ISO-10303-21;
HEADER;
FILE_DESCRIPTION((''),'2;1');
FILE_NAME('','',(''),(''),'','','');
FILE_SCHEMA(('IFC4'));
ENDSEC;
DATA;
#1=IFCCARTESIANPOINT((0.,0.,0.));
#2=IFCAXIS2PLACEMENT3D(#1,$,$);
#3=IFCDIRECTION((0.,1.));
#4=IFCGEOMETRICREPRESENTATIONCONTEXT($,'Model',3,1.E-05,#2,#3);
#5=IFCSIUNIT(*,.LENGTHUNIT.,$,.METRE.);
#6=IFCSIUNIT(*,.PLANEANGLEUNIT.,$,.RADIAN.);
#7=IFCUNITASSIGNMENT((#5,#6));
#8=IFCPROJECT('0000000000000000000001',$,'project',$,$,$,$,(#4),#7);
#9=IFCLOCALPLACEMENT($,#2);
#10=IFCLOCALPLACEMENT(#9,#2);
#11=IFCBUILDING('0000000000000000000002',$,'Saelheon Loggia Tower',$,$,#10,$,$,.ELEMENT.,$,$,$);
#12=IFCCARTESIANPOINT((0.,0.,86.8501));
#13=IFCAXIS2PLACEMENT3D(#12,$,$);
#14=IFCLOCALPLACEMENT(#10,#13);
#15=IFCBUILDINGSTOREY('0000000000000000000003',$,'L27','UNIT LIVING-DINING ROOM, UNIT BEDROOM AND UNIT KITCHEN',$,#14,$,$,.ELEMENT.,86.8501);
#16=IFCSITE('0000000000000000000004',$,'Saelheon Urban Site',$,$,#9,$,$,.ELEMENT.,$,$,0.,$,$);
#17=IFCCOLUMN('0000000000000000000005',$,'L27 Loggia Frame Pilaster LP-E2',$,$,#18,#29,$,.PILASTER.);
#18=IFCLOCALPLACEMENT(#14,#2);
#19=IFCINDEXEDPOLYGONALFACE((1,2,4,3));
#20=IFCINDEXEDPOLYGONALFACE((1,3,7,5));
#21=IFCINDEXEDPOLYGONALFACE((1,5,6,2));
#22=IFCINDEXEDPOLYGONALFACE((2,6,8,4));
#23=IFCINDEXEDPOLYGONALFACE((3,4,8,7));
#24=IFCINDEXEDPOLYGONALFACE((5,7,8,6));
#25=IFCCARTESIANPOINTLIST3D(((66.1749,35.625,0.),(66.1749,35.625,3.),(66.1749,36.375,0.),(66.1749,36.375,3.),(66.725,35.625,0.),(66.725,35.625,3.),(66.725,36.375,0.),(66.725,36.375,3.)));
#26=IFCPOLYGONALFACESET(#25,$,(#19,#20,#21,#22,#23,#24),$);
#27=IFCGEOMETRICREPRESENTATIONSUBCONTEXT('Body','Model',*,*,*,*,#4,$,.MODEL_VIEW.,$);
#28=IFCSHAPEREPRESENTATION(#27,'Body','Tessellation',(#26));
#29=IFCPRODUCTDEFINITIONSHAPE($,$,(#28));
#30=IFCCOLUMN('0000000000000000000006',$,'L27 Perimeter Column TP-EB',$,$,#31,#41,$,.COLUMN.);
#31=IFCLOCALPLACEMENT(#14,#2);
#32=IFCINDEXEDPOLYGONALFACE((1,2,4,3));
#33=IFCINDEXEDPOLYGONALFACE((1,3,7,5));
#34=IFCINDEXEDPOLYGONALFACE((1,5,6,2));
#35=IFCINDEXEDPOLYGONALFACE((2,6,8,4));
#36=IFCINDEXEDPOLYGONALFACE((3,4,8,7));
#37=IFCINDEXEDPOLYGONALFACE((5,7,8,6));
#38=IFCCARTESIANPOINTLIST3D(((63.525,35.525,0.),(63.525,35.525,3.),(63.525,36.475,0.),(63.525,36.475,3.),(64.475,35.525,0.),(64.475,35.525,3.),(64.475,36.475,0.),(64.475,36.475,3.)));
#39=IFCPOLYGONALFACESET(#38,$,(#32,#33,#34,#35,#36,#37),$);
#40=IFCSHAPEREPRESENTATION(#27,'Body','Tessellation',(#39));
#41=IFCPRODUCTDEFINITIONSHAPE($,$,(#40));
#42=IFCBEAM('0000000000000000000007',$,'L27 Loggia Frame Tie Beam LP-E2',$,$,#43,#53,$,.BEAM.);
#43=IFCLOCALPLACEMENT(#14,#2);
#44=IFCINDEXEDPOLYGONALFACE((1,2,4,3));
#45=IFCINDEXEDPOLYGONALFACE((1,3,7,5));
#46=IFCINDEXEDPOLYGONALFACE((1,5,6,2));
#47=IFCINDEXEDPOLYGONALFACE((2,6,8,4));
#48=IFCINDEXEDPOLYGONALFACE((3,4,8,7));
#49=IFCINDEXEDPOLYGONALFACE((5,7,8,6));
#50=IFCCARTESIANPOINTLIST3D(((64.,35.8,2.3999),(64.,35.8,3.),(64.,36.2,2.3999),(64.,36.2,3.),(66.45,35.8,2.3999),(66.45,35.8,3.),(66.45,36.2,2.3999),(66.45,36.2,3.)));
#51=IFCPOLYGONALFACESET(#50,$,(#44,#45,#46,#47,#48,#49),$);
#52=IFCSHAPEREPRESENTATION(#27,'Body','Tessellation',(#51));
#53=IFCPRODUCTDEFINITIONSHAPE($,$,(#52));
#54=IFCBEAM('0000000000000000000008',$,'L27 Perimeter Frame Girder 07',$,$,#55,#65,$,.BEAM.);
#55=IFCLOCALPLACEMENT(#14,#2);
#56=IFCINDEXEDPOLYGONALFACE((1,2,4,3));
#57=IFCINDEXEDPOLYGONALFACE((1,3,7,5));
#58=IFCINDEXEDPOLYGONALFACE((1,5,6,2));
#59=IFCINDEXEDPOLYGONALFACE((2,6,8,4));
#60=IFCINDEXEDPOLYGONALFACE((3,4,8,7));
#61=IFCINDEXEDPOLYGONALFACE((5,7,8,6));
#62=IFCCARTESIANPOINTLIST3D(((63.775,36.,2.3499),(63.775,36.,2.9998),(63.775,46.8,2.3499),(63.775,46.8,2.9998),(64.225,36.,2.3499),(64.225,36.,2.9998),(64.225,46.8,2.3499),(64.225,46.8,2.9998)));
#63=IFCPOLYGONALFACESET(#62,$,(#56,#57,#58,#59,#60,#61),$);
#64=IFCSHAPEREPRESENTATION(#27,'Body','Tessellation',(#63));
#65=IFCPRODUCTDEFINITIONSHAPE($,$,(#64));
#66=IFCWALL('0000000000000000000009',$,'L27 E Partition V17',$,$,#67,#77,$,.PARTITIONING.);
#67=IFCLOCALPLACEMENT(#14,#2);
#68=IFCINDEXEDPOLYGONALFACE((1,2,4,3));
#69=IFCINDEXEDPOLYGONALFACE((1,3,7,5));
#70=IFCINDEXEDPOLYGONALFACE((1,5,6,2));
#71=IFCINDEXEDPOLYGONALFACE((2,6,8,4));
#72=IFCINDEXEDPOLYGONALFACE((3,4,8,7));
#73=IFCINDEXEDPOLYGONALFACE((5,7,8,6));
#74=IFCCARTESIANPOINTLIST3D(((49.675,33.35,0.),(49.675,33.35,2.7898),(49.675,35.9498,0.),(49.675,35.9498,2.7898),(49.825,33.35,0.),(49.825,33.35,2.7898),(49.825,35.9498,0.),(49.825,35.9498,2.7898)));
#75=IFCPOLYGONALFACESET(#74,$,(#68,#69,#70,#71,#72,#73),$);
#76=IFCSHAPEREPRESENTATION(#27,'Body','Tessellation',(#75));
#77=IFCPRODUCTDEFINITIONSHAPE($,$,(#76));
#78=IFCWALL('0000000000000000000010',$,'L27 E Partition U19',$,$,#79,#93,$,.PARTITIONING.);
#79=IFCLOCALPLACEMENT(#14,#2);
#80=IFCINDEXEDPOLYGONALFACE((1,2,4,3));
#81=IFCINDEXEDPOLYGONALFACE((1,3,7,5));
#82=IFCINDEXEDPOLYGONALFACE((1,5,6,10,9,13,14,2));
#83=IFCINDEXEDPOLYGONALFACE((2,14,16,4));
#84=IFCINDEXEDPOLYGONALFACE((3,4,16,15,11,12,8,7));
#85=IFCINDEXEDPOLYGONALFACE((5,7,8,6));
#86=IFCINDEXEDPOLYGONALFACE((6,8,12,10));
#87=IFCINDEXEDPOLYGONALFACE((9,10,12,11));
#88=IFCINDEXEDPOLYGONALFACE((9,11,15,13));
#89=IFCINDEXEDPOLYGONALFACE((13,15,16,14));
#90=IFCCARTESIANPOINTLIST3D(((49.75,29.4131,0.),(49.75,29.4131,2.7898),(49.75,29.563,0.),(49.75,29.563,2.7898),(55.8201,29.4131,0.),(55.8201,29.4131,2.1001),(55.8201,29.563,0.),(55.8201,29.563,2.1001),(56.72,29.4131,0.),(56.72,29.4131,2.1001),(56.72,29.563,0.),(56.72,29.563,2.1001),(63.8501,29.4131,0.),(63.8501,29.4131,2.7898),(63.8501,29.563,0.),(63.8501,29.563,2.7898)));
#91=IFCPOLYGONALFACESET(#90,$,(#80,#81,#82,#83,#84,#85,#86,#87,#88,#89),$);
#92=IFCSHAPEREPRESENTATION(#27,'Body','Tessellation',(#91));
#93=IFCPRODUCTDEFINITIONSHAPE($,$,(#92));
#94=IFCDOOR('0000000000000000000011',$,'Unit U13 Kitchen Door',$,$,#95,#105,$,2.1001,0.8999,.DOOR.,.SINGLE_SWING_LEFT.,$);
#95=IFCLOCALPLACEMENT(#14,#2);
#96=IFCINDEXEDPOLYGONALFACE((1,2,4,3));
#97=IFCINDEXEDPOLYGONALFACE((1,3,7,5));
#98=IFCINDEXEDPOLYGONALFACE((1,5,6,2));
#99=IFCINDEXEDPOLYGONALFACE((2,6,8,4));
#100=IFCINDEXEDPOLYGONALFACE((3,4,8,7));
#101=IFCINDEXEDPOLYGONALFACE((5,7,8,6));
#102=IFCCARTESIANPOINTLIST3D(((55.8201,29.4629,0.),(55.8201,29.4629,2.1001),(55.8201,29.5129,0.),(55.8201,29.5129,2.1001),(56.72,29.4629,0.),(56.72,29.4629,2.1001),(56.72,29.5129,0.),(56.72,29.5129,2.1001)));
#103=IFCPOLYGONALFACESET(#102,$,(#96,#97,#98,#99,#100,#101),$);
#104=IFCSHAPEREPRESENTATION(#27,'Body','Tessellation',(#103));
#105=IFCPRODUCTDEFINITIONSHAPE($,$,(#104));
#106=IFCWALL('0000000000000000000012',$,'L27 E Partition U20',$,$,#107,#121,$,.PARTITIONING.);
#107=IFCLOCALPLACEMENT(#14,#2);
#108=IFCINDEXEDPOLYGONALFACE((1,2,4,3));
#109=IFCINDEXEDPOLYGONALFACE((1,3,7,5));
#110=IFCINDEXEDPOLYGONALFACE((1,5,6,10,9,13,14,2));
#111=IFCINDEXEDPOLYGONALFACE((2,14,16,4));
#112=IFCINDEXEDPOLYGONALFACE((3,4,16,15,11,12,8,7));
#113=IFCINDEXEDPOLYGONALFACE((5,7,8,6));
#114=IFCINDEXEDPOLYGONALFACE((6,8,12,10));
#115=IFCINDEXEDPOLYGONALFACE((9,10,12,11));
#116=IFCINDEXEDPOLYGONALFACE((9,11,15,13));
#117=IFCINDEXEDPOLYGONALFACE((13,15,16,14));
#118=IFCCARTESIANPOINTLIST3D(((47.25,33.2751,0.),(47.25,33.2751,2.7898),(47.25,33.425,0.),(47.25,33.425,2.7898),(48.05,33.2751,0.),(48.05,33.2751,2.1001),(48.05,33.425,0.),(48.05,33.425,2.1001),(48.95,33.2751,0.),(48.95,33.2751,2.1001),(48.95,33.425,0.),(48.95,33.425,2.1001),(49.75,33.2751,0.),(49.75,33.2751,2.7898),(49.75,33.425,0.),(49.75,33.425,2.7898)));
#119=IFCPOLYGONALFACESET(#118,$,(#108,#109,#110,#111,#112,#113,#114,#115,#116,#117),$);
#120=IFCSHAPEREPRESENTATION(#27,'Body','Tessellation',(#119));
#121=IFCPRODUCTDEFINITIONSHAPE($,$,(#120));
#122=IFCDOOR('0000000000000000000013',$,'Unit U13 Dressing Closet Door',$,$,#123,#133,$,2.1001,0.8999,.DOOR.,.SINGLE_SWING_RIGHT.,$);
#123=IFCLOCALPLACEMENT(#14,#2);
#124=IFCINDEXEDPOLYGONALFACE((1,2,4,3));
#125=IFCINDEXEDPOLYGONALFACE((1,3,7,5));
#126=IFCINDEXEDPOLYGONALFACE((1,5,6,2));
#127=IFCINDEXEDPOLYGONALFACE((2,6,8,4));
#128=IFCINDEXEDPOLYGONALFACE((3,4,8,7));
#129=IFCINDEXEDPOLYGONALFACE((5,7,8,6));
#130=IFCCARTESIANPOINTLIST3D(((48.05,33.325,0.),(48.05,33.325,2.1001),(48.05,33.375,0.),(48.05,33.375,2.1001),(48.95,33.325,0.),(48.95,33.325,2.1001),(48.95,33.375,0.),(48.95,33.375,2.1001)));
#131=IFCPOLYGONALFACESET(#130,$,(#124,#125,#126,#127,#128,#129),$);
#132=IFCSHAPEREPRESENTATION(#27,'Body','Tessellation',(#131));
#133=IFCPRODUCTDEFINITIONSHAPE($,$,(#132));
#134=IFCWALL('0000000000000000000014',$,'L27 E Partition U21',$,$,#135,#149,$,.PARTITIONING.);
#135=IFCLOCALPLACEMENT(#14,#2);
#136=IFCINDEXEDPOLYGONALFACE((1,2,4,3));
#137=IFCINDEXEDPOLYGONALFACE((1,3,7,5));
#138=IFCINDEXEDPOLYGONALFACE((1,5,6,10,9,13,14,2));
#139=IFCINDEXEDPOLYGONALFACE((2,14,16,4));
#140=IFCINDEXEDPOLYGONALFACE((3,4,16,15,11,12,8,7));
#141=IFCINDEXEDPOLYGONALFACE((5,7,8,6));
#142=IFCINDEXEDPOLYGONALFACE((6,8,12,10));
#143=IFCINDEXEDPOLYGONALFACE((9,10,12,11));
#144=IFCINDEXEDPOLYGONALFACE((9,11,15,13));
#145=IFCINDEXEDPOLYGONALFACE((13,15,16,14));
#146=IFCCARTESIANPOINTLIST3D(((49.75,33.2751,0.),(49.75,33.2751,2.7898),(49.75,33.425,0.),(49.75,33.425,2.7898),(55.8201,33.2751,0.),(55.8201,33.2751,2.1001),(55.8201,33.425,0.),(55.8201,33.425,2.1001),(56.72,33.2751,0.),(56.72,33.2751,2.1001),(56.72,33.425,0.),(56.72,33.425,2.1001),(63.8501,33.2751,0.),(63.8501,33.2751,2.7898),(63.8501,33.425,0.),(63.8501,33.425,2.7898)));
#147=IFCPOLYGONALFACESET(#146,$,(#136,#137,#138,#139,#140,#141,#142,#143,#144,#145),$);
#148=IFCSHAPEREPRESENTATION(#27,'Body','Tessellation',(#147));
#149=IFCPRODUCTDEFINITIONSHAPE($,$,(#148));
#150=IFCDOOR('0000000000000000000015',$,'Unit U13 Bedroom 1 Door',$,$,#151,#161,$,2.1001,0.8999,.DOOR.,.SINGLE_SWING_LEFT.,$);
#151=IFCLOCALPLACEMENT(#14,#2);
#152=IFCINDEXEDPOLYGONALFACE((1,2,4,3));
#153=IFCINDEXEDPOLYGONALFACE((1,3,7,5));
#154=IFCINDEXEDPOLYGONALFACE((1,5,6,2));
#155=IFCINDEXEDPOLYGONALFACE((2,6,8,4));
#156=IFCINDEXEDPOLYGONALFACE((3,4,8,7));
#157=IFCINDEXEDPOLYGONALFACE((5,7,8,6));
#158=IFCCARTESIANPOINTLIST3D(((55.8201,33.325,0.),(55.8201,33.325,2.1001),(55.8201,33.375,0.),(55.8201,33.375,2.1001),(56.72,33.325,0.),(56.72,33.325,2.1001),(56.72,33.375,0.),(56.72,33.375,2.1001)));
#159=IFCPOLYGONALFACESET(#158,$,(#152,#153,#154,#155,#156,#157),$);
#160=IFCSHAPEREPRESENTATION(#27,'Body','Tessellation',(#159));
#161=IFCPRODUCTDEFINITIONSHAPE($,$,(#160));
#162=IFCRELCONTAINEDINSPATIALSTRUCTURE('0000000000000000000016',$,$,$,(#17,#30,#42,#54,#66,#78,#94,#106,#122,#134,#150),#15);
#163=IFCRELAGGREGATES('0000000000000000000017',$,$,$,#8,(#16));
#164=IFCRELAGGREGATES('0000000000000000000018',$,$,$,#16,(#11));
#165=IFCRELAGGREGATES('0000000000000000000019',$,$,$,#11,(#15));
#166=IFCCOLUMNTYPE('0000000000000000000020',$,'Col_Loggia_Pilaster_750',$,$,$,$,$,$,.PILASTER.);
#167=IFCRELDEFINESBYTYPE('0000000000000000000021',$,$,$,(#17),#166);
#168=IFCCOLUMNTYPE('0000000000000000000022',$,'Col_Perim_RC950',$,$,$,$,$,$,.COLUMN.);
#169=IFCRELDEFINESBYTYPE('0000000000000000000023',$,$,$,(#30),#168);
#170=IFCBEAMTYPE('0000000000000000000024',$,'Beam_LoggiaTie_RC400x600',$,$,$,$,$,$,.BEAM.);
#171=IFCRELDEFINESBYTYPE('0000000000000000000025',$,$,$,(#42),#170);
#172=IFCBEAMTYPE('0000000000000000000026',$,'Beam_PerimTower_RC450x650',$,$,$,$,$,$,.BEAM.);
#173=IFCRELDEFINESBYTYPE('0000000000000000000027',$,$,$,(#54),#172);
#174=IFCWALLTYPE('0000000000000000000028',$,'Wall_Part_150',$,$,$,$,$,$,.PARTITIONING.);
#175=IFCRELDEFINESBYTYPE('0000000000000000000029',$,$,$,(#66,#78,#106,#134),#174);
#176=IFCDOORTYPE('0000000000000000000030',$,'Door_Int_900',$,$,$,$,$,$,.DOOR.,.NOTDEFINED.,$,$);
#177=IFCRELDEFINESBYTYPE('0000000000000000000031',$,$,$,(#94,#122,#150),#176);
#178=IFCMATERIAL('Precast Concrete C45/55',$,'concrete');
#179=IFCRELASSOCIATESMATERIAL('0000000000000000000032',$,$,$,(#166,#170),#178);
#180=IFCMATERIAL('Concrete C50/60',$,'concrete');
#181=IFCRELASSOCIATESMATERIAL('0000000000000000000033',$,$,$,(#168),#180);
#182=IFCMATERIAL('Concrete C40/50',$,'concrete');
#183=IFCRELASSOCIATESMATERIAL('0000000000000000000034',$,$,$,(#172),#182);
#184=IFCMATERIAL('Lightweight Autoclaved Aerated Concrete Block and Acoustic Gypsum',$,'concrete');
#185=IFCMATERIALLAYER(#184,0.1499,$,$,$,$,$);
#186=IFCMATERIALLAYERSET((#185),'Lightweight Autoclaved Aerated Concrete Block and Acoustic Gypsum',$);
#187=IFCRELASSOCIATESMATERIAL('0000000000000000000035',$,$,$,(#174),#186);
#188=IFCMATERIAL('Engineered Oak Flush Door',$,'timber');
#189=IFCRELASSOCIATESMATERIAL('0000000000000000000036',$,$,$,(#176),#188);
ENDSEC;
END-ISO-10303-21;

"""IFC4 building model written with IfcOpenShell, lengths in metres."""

from ifc_helpers import new_model, si_unit, direction, frame, frame_2d, origin, origin_2d, place, context, subcontext, project, spatial, rectangle, extrude, source, transform, mapped, material, layer, layer_set, material_profile, profile_set, type_object, element, fill, save


model = new_model("IFC4")

# Units and contexts
model_context = context("Model", 3, precision=1e-05, world=origin(), true_north=direction((0.0, 1.0)))
body_context = subcontext(model_context, "Body", "Model", "MODEL_VIEW")
ifc_project = project(units=[si_unit("LENGTHUNIT", "METRE"), si_unit("PLANEANGLEUNIT", "RADIAN")], contexts=[model_context])

# Site, building, storey
site_placement = place(None, origin())
site = spatial("IfcSite", under=ifc_project, at=site_placement, Name="Saelheon Urban Site", CompositionType="ELEMENT", RefElevation=0.0)
building_placement = place(site_placement, origin())
building = spatial("IfcBuilding", under=site, at=building_placement, Name="Saelheon Loggia Tower", CompositionType="ELEMENT")
storey_placement = place(building_placement, frame((0.0, 0.0, 86.8501)))
storey = spatial("IfcBuildingStorey", under=building, at=storey_placement, Name="L27", Description="UNIT LIVING-DINING ROOM, UNIT BEDROOM AND UNIT KITCHEN", CompositionType="ELEMENT", Elevation=86.8501)

# Columns
ifc_material_1 = material(Name="Precast Concrete C45/55", Category="concrete")
ifc_material_profile_1 = material_profile(ifc_material_1, rectangle(XDim=0.55, YDim=0.75, at=origin_2d()), Name="RC-550x750")
ifc_profile_set_1 = profile_set([ifc_material_profile_1], Name="Precast Concrete C45/55")
column_type_1 = type_object("IfcColumnType", Name="Col_Loggia_Pilaster_750", PredefinedType="PILASTER", material=ifc_profile_set_1)
shared_shape_1 = source(origin(), body_context, "Body", "SweptSolid", [
    extrude(rectangle(XDim=0.55, YDim=0.75, at=origin_2d()), origin(), (0.0, 0.0, 1.0), 3.0),
])
column_1_placement = place(storey_placement, frame((66.45, 36.0, 0.0), z_axis=(0.0, 0.0, 1.0), x_axis=(1.0, 0.0, 0.0)))
element("IfcColumn", 1, at=column_1_placement, inside=storey, type_object=column_type_1, Name="L27 Loggia Frame Pilaster LP-E2", PredefinedType="PILASTER", context=body_context, shape_type="MappedRepresentation", body=[
    mapped(shared_shape_1, transform((0.0, 0.0, 0.0), scale=1.0)),
])
ifc_material_2 = material(Name="Concrete C50/60", Category="concrete")
ifc_material_profile_2 = material_profile(ifc_material_2, rectangle(XDim=0.95, YDim=0.95, at=origin_2d()), Name="RC-950x950")
ifc_profile_set_2 = profile_set([ifc_material_profile_2], Name="Concrete C50/60")
column_type_2 = type_object("IfcColumnType", Name="Col_Perim_RC950", PredefinedType="COLUMN", material=ifc_profile_set_2)
shared_shape_2 = source(origin(), body_context, "Body", "SweptSolid", [
    extrude(rectangle(XDim=0.95, YDim=0.95, at=origin_2d()), origin(), (0.0, 0.0, 1.0), 3.0),
])
column_2_placement = place(storey_placement, frame((64.0, 36.0, 0.0), z_axis=(0.0, 0.0, 1.0), x_axis=(1.0, 0.0, 0.0)))
element("IfcColumn", 2, at=column_2_placement, inside=storey, type_object=column_type_2, Name="L27 Perimeter Column TP-EB", PredefinedType="COLUMN", context=body_context, shape_type="MappedRepresentation", body=[
    mapped(shared_shape_2, transform((0.0, 0.0, 0.0), scale=1.0)),
])

# Beams
ifc_material_profile_3 = material_profile(ifc_material_1, rectangle(XDim=0.3999, YDim=0.6001, at=origin_2d()), Name="RC-400x600")
ifc_profile_set_3 = profile_set([ifc_material_profile_3], Name="Precast Concrete C45/55")
beam_type_1 = type_object("IfcBeamType", Name="Beam_LoggiaTie_RC400x600", PredefinedType="BEAM", material=ifc_profile_set_3)
shared_shape_3 = source(origin(), body_context, "Body", "SweptSolid", [
    extrude(rectangle(XDim=0.3999, YDim=0.6001, at=origin_2d()), origin(), (0.0, 0.0, 1.0), 2.45),
])
beam_1_placement = place(storey_placement, frame((64.0, 36.0, 2.7), z_axis=(1.0, 0.0, 0.0), x_axis=(0.0, 1.0, 0.0)))
element("IfcBeam", 3, at=beam_1_placement, inside=storey, type_object=beam_type_1, Name="L27 Loggia Frame Tie Beam LP-E2", PredefinedType="BEAM", context=body_context, shape_type="MappedRepresentation", body=[
    mapped(shared_shape_3, transform((0.0, 0.0, 0.0), scale=1.0)),
])
ifc_material_3 = material(Name="Concrete C40/50", Category="concrete")
ifc_material_profile_4 = material_profile(ifc_material_3, rectangle(XDim=0.45, YDim=0.6499, at=origin_2d()), Name="RC-450x650")
ifc_profile_set_4 = profile_set([ifc_material_profile_4], Name="Concrete C40/50")
beam_type_2 = type_object("IfcBeamType", Name="Beam_PerimTower_RC450x650", PredefinedType="BEAM", material=ifc_profile_set_4)
shared_shape_4 = source(origin(), body_context, "Body", "SweptSolid", [
    extrude(rectangle(XDim=0.45, YDim=0.6499, at=origin_2d()), origin(), (0.0, 0.0, 1.0), 10.8),
])
beam_2_placement = place(storey_placement, frame((64.0, 36.0, 2.6748), z_axis=(0.0, 1.0, 0.0), x_axis=(-1.0, 0.0, 0.0)))
element("IfcBeam", 4, at=beam_2_placement, inside=storey, type_object=beam_type_2, Name="L27 Perimeter Frame Girder 07", PredefinedType="BEAM", context=body_context, shape_type="MappedRepresentation", body=[
    mapped(shared_shape_4, transform((0.0, 0.0, 0.0), scale=1.0)),
])

# Wall
ifc_material_4 = material(Name="Lightweight Autoclaved Aerated Concrete Block and Acoustic Gypsum", Category="concrete")
ifc_layer_1 = layer(ifc_material_4, 0.1499)
ifc_layer_set_1 = layer_set([ifc_layer_1], Name="Lightweight Autoclaved Aerated Concrete Block and Acoustic Gypsum")
wall_type_1 = type_object("IfcWallType", Name="Wall_Part_150", PredefinedType="PARTITIONING", material=ifc_layer_set_1)
wall_1_placement = place(storey_placement, frame((49.75, 33.3501, 0.0), z_axis=(0.0, 0.0, 1.0), x_axis=(0.0, 1.0, 0.0)))
element("IfcWall", 5, at=wall_1_placement, inside=storey, type_object=wall_type_1, Name="L27 E Partition V17", PredefinedType="PARTITIONING", context=body_context, shape_type="SweptSolid", body=[
    extrude(rectangle(XDim=2.5999, YDim=0.1499, at=frame_2d((1.2998, 0.0))), origin(), (0.0, 0.0, 1.0), 2.7898),
])

# Walls, openings, doors
wall_2_placement = place(storey_placement, frame((49.75, 29.488, 0.0), z_axis=(0.0, 0.0, 1.0), x_axis=(1.0, 0.0, 0.0)))
wall_2 = element("IfcWall", 6, at=wall_2_placement, inside=storey, type_object=wall_type_1, Name="L27 E Partition U19", PredefinedType="PARTITIONING", context=body_context, shape_type="SweptSolid", body=[
    extrude(rectangle(XDim=14.1001, YDim=0.1499, at=frame_2d((7.05, 0.0))), origin(), (0.0, 0.0, 1.0), 2.7898),
])
opening_1_placement = place(wall_2_placement, frame((6.0701, 0.0, 0.0)))
opening_1 = element("IfcOpeningElement", 7, at=opening_1_placement, cuts=wall_2, PredefinedType="OPENING", context=body_context, shape_type="SweptSolid", body=[
    extrude(rectangle(XDim=0.8999, YDim=2.1001, at=frame_2d((0.45, 1.05))), frame((0.0, 0.0869, 0.0), z_axis=(0.0, -1.0, 0.0), x_axis=(1.0, 0.0, 0.0)), (0.0, 0.0, 1.0), 0.1738),
])
ifc_material_5 = material(Name="Engineered Oak Flush Door", Category="timber")
door_type_1 = type_object("IfcDoorType", Name="Door_Int_900", OperationType="NOTDEFINED", PredefinedType="DOOR", material=ifc_material_5)
shared_shape_5 = source(origin(), body_context, "Body", "SweptSolid", [
    extrude(rectangle(XDim=0.8999, YDim=2.1001, at=frame_2d((0.45, 1.05))), frame((0.0, 0.0249, 0.0), z_axis=(0.0, -1.0, 0.0), x_axis=(1.0, 0.0, 0.0)), (0.0, 0.0, 1.0), 0.05),
])
door_1_placement = place(opening_1_placement, origin())
door_1 = element("IfcDoor", 8, at=door_1_placement, inside=storey, type_object=door_type_1, Name="Unit U13 Kitchen Door", OperationType="SINGLE_SWING_LEFT", OverallHeight=2.1001, OverallWidth=0.8999, PredefinedType="DOOR", context=body_context, shape_type="MappedRepresentation", body=[
    mapped(shared_shape_5, transform((0.0, 0.0, 0.0), scale=1.0)),
])
fill(opening_1, door_1)
wall_3_placement = place(storey_placement, frame((47.25, 33.3501, 0.0), z_axis=(0.0, 0.0, 1.0), x_axis=(1.0, 0.0, 0.0)))
wall_3 = element("IfcWall", 9, at=wall_3_placement, inside=storey, type_object=wall_type_1, Name="L27 E Partition U20", PredefinedType="PARTITIONING", context=body_context, shape_type="SweptSolid", body=[
    extrude(rectangle(XDim=2.5, YDim=0.1499, at=frame_2d((1.25, 0.0))), origin(), (0.0, 0.0, 1.0), 2.7898),
])
opening_2_placement = place(wall_3_placement, frame((0.8, 0.0, 0.0)))
opening_2 = element("IfcOpeningElement", 10, at=opening_2_placement, cuts=wall_3, PredefinedType="OPENING", context=body_context, shape_type="SweptSolid", body=[
    extrude(rectangle(XDim=0.8999, YDim=2.1001, at=frame_2d((0.45, 1.05))), frame((0.0, 0.0869, 0.0), z_axis=(0.0, -1.0, 0.0), x_axis=(1.0, 0.0, 0.0)), (0.0, 0.0, 1.0), 0.1738),
])
door_2_placement = place(opening_2_placement, origin())
door_2 = element("IfcDoor", 11, at=door_2_placement, inside=storey, type_object=door_type_1, Name="Unit U13 Dressing Closet Door", OperationType="SINGLE_SWING_RIGHT", OverallHeight=2.1001, OverallWidth=0.8999, PredefinedType="DOOR", context=body_context, shape_type="MappedRepresentation", body=[
    mapped(shared_shape_5, transform((0.0, 0.0, 0.0), scale=1.0)),
])
fill(opening_2, door_2)
wall_4_placement = place(storey_placement, frame((49.75, 33.3501, 0.0), z_axis=(0.0, 0.0, 1.0), x_axis=(1.0, 0.0, 0.0)))
wall_4 = element("IfcWall", 12, at=wall_4_placement, inside=storey, type_object=wall_type_1, Name="L27 E Partition U21", PredefinedType="PARTITIONING", context=body_context, shape_type="SweptSolid", body=[
    extrude(rectangle(XDim=14.1001, YDim=0.1499, at=frame_2d((7.05, 0.0))), origin(), (0.0, 0.0, 1.0), 2.7898),
])
opening_3_placement = place(wall_4_placement, frame((6.0701, 0.0, 0.0)))
opening_3 = element("IfcOpeningElement", 13, at=opening_3_placement, cuts=wall_4, PredefinedType="OPENING", context=body_context, shape_type="SweptSolid", body=[
    extrude(rectangle(XDim=0.8999, YDim=2.1001, at=frame_2d((0.45, 1.05))), frame((0.0, 0.0869, 0.0), z_axis=(0.0, -1.0, 0.0), x_axis=(1.0, 0.0, 0.0)), (0.0, 0.0, 1.0), 0.1738),
])
door_3_placement = place(opening_3_placement, origin())
door_3 = element("IfcDoor", 14, at=door_3_placement, inside=storey, type_object=door_type_1, Name="Unit U13 Bedroom 1 Door", OperationType="SINGLE_SWING_LEFT", OverallHeight=2.1001, OverallWidth=0.8999, PredefinedType="DOOR", context=body_context, shape_type="MappedRepresentation", body=[
    mapped(shared_shape_5, transform((0.0, 0.0, 0.0), scale=1.0)),
])
fill(opening_3, door_3)

save(model, "model.ifc")
